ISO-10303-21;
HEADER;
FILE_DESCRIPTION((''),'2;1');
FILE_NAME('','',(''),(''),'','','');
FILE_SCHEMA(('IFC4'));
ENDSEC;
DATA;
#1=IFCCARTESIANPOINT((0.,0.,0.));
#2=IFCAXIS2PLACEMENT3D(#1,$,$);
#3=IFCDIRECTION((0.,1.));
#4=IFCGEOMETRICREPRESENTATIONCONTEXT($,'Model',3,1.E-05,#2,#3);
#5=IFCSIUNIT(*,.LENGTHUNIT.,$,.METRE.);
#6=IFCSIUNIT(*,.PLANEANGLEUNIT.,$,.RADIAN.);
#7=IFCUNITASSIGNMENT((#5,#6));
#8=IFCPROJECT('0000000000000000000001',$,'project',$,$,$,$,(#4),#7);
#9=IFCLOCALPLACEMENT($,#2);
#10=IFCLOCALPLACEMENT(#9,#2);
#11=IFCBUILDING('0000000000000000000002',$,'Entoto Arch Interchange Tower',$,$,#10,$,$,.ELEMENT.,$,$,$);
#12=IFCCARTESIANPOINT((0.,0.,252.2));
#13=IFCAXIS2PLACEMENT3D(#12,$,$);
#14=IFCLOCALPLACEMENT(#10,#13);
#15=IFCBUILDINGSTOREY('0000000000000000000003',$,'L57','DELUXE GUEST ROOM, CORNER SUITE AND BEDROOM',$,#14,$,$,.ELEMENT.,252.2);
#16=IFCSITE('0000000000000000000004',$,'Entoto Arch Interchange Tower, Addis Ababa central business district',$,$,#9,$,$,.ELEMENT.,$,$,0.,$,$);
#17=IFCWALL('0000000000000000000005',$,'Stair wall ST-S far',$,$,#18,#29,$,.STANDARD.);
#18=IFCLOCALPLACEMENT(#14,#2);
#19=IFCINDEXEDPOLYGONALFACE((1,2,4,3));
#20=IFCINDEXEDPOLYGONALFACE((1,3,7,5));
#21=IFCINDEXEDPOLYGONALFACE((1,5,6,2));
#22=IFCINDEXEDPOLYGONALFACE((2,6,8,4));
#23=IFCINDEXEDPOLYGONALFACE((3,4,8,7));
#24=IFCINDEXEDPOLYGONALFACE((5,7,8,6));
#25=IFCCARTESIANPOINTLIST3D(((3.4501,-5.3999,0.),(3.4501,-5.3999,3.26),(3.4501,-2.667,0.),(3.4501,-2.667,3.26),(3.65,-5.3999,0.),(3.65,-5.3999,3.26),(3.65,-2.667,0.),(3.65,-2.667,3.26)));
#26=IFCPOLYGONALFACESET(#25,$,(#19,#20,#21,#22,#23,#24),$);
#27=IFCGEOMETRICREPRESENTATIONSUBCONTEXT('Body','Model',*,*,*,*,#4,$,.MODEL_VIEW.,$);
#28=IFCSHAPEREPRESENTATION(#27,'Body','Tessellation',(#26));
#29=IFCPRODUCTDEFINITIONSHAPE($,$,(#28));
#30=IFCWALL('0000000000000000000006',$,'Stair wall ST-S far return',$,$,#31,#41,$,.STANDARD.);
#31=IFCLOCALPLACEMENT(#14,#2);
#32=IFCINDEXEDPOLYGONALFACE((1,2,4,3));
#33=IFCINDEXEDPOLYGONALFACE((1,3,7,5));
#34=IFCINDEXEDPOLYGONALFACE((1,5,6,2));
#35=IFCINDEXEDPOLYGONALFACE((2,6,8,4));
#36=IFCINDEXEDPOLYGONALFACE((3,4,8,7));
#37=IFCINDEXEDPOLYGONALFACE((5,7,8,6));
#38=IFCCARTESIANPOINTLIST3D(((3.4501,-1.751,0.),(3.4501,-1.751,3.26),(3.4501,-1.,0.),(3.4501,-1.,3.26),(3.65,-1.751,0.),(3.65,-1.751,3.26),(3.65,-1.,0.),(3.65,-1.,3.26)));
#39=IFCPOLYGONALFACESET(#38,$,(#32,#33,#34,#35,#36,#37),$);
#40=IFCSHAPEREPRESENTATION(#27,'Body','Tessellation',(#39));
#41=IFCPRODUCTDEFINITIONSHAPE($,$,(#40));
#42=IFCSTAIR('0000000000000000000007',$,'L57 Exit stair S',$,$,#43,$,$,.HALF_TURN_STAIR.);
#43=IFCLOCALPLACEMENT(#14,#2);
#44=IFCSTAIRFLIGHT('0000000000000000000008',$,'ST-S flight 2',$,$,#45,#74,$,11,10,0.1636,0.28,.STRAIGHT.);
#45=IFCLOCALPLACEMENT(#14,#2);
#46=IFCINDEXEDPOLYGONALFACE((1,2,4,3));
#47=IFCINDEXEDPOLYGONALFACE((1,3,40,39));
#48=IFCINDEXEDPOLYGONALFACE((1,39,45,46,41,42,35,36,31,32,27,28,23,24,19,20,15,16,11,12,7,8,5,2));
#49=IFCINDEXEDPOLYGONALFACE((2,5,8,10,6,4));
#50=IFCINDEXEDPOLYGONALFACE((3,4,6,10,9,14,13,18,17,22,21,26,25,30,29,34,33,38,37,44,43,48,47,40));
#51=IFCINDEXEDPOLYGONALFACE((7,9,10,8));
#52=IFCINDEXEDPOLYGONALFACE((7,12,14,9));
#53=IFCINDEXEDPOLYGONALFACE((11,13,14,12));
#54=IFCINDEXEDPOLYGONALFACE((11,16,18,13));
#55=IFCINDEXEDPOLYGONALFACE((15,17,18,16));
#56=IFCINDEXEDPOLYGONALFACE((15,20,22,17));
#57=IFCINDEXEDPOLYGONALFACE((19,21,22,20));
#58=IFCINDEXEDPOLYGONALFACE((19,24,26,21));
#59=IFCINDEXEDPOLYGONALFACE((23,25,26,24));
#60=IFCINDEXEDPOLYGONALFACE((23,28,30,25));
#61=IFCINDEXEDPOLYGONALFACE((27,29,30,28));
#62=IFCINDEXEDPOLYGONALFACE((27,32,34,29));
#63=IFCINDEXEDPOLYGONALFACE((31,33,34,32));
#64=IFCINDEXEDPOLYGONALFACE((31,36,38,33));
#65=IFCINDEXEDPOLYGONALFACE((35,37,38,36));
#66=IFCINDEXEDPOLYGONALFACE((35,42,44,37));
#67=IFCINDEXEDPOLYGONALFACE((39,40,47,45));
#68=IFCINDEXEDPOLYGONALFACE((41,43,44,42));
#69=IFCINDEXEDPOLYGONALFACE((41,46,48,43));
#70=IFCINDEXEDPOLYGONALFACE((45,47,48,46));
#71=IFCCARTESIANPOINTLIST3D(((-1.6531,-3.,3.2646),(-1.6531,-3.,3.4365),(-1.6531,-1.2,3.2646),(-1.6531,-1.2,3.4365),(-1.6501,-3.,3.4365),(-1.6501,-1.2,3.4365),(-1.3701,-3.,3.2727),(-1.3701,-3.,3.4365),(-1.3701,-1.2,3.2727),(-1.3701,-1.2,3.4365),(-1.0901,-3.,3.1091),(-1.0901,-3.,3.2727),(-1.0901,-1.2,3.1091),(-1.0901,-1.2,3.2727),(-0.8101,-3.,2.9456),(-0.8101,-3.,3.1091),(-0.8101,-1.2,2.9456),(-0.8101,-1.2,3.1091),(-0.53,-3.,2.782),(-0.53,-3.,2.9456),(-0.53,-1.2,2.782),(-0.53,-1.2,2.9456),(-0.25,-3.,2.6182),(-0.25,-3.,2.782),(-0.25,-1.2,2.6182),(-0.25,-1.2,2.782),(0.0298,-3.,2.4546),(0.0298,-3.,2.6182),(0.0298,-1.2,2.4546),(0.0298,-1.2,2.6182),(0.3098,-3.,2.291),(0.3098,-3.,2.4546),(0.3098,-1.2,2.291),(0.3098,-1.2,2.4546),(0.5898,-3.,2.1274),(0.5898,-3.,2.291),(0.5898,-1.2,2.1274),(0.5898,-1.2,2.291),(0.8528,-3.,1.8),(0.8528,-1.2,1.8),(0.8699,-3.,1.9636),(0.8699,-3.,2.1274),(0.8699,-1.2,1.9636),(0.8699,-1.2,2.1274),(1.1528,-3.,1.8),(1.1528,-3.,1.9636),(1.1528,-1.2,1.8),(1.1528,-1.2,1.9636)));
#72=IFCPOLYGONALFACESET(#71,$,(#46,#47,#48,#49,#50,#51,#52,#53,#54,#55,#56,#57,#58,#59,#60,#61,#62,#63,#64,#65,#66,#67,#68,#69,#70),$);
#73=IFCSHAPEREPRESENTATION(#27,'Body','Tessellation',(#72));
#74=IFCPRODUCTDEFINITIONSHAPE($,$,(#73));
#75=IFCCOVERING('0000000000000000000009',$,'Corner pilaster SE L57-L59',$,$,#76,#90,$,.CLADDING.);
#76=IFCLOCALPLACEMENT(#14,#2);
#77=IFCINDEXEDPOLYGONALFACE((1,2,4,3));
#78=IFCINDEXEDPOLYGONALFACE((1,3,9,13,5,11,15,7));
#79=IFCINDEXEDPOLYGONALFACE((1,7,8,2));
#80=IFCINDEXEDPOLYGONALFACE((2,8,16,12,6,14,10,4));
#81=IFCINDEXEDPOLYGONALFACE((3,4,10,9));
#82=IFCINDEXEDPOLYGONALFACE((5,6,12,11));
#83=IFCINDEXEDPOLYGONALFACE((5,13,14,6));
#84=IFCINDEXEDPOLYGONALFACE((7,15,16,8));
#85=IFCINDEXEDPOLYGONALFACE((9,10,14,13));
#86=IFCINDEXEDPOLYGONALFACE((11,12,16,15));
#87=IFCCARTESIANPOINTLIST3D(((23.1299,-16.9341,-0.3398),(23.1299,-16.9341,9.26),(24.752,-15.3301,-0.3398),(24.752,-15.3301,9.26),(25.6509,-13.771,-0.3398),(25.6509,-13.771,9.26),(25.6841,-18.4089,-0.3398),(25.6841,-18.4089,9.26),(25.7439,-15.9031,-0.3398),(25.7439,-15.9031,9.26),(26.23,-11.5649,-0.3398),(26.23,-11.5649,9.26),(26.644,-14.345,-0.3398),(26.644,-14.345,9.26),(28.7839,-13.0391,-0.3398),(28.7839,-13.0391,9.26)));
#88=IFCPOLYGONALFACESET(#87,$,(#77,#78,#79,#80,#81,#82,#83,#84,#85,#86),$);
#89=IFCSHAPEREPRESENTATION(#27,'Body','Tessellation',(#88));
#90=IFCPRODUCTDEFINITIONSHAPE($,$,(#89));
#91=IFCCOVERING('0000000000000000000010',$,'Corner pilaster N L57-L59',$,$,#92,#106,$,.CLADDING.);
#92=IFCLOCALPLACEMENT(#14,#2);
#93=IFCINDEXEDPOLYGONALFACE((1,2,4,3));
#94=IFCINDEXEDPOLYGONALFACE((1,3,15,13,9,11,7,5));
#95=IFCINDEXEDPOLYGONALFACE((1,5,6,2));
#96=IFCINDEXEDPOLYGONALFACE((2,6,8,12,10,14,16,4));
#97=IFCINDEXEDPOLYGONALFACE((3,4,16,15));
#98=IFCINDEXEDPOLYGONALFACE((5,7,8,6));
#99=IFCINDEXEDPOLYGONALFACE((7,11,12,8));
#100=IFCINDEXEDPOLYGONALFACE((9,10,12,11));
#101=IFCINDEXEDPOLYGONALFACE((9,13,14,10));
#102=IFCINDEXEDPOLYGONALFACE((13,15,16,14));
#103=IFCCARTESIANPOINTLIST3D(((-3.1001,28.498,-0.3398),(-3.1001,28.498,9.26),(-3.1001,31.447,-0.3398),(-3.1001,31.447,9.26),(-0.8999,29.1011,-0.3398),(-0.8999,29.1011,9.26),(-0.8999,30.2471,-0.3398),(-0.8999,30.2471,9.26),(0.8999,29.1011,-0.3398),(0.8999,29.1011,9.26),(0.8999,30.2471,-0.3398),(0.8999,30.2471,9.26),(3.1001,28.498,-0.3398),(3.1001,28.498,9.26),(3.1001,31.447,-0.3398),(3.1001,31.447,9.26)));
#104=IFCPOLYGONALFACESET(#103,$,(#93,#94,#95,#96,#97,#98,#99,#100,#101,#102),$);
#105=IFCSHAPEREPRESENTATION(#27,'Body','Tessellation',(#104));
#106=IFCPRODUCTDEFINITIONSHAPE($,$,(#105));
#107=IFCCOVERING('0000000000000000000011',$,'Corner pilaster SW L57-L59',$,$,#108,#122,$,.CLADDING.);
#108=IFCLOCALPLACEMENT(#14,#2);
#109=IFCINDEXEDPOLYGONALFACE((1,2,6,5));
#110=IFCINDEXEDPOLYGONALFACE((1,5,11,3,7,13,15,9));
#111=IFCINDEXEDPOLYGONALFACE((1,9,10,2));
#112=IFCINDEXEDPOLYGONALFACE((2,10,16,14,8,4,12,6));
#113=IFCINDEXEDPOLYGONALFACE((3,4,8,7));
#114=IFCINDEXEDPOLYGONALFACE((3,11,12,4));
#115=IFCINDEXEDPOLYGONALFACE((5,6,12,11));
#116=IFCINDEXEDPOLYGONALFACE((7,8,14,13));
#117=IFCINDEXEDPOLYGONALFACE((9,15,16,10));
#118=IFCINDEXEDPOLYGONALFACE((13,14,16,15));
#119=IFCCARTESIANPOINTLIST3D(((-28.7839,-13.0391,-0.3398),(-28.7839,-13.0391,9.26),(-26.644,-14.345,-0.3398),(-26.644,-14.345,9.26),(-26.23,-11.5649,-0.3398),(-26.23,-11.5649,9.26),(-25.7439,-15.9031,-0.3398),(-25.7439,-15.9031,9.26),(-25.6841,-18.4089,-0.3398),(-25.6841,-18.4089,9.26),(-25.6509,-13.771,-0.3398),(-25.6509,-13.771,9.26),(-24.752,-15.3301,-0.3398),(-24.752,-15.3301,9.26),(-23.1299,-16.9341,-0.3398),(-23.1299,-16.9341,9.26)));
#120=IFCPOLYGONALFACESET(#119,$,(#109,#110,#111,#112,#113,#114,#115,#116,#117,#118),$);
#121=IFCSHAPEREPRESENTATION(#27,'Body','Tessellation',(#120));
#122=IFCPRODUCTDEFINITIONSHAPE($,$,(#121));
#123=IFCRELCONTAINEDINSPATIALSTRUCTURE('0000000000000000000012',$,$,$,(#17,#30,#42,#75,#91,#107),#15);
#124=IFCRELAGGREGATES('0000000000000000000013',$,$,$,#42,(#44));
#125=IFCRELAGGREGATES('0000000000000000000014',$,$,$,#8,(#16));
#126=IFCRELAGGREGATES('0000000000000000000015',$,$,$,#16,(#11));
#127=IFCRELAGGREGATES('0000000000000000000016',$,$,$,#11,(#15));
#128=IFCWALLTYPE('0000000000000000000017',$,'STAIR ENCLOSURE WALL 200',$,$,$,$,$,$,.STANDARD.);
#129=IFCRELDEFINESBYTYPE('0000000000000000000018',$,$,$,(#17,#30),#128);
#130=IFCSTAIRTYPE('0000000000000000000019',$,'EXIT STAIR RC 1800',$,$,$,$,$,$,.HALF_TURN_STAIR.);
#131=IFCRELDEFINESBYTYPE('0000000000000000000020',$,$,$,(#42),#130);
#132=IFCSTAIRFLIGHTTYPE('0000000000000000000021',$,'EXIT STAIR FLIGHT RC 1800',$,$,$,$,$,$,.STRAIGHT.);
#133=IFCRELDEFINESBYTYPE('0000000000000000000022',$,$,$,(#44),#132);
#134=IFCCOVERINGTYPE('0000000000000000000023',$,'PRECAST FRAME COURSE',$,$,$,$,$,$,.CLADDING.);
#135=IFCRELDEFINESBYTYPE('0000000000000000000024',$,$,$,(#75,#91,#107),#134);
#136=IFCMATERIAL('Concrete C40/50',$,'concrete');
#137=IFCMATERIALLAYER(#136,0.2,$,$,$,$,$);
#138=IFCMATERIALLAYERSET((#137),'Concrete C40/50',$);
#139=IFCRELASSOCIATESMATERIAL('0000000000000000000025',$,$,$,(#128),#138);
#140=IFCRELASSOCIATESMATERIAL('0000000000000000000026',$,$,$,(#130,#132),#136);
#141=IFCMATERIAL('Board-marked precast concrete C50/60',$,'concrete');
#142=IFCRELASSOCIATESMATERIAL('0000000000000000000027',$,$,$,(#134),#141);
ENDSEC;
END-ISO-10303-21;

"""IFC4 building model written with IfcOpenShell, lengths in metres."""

from ifc_helpers import new_model, si_unit, direction, frame, frame_2d, origin, place, context, subcontext, project, spatial, polyline, rectangle, outline, extrude, material, layer, layer_set, type_object, element, aggregate, save


model = new_model("IFC4")

# Units and contexts
model_context = context("Model", 3, precision=1e-05, world=origin(), true_north=direction((0.0, 1.0)))
body_context = subcontext(model_context, "Body", "Model", "MODEL_VIEW")
ifc_project = project(units=[si_unit("LENGTHUNIT", "METRE"), si_unit("PLANEANGLEUNIT", "RADIAN")], contexts=[model_context])

# Site, building, storey
site_placement = place(None, origin())
site = spatial("IfcSite", under=ifc_project, at=site_placement, Name="Entoto Arch Interchange Tower, Addis Ababa central business district", CompositionType="ELEMENT", RefElevation=0.0)
building_placement = place(site_placement, origin())
building = spatial("IfcBuilding", under=site, at=building_placement, Name="Entoto Arch Interchange Tower", CompositionType="ELEMENT")
storey_placement = place(building_placement, frame((0.0, 0.0, 252.2)))
storey = spatial("IfcBuildingStorey", under=building, at=storey_placement, Name="L57", Description="DELUXE GUEST ROOM, CORNER SUITE AND BEDROOM", CompositionType="ELEMENT", Elevation=252.2)

# Shared definitions
ifc_material_1 = material(Name="Concrete C40/50", Category="concrete")

# Walls
ifc_layer_1 = layer(ifc_material_1, 0.2)
ifc_layer_set_1 = layer_set([ifc_layer_1], Name="Concrete C40/50")
wall_type_1 = type_object("IfcWallType", Name="STAIR ENCLOSURE WALL 200", PredefinedType="STANDARD", material=ifc_layer_set_1)
wall_1_placement = place(storey_placement, frame((3.55, -2.667, 0.0), z_axis=(0.0, 0.0, 1.0), x_axis=(0.0, -1.0, 0.0)))
element("IfcWall", 1, at=wall_1_placement, inside=storey, type_object=wall_type_1, Name="Stair wall ST-S far", PredefinedType="STANDARD", context=body_context, shape_type="SweptSolid", body=[
    extrude(rectangle(XDim=2.7329, YDim=0.2, at=frame_2d((1.3665, 0.0))), origin(), (0.0, 0.0, 1.0), 3.26),
])
wall_2_placement = place(storey_placement, frame((3.55, -1.0, 0.0), z_axis=(0.0, 0.0, 1.0), x_axis=(0.0, -1.0, 0.0)))
element("IfcWall", 2, at=wall_2_placement, inside=storey, type_object=wall_type_1, Name="Stair wall ST-S far return", PredefinedType="STANDARD", context=body_context, shape_type="SweptSolid", body=[
    extrude(rectangle(XDim=0.751, YDim=0.2, at=frame_2d((0.3755, 0.0))), origin(), (0.0, 0.0, 1.0), 3.26),
])

# Stair, stair flight
stair_type = type_object("IfcStairType", Name="EXIT STAIR RC 1800", PredefinedType="HALF_TURN_STAIR", material=ifc_material_1)
stair_placement = place(storey_placement, origin())
stair = element("IfcStair", 3, at=stair_placement, inside=storey, type_object=stair_type, Name="L57 Exit stair S", PredefinedType="HALF_TURN_STAIR")
stair_flight_type = type_object("IfcStairFlightType", Name="EXIT STAIR FLIGHT RC 1800", PredefinedType="STRAIGHT", material=ifc_material_1)
stair_flight_placement = place(storey_placement, frame((1.1499, -2.1001, 1.8), z_axis=(0.0, 0.0, 1.0), x_axis=(-1.0, 0.0, 0.0)))
stair_flight = element("IfcStairFlight", 4, at=stair_flight_placement, type_object=stair_flight_type, Name="ST-S flight 2", NumberOfRisers=11, NumberOfTreads=10, PredefinedType="STRAIGHT", RiserHeight=0.1636, TreadLength=0.28, context=body_context, shape_type="SweptSolid", body=[
    extrude(outline(polyline([(-0.0029, 0.0), (-0.0029, 0.1636), (0.28, 0.1636), (0.28, 0.3274), (0.5601, 0.3274), (0.5601, 0.491), (0.8401, 0.491), (0.8401, 0.6545), (1.1201, 0.6545), (1.1201, 0.8181), (1.3999, 0.8181), (1.3999, 0.9819), (1.6799, 0.9819), (1.6799, 1.1455), (1.96, 1.1455), (1.96, 1.3091), (2.24, 1.3091), (2.24, 1.4727), (2.52, 1.4727), (2.52, 1.6365), (2.8, 1.6365), (2.803, 1.6365), (2.803, 1.4646), (0.2971, 0.0), (-0.0029, 0.0)])), frame((0.0, 0.8999, 0.0), z_axis=(0.0, -1.0, 0.0), x_axis=(1.0, 0.0, 0.0)), (0.0, 0.0, 1.0), 1.8),
])
aggregate(stair, [stair_flight])

# Coverings
ifc_material_2 = material(Name="Board-marked precast concrete C50/60", Category="concrete")
covering_type = type_object("IfcCoveringType", Name="PRECAST FRAME COURSE", PredefinedType="CLADDING", material=ifc_material_2)
covering_1_placement = place(storey_placement, frame((0.0, 0.0, -0.3398)))
element("IfcCovering", 5, at=covering_1_placement, inside=storey, type_object=covering_type, Name="Corner pilaster SE L57-L59", PredefinedType="CLADDING", context=body_context, shape_type="SweptSolid", body=[
    extrude(outline(polyline([(28.7839, -13.0391), (25.6841, -18.4089), (23.1299, -16.9341), (24.752, -15.3301), (25.7439, -15.9031), (26.644, -14.345), (25.6509, -13.771), (26.23, -11.5649), (28.7839, -13.0391)])), origin(), (0.0, 0.0, 1.0), 9.5999),
])
covering_2_placement = place(storey_placement, frame((0.0, 0.0, -0.3398)))
element("IfcCovering", 6, at=covering_2_placement, inside=storey, type_object=covering_type, Name="Corner pilaster N L57-L59", PredefinedType="CLADDING", context=body_context, shape_type="SweptSolid", body=[
    extrude(outline(polyline([(-3.1001, 31.447), (3.1001, 31.447), (3.1001, 28.498), (0.8999, 29.1011), (0.8999, 30.2471), (-0.8999, 30.2471), (-0.8999, 29.1011), (-3.1001, 28.498), (-3.1001, 31.447)])), origin(), (0.0, 0.0, 1.0), 9.5999),
])
covering_3_placement = place(storey_placement, frame((0.0, 0.0, -0.3398)))
element("IfcCovering", 7, at=covering_3_placement, inside=storey, type_object=covering_type, Name="Corner pilaster SW L57-L59", PredefinedType="CLADDING", context=body_context, shape_type="SweptSolid", body=[
    extrude(outline(polyline([(-25.6841, -18.4089), (-28.7839, -13.0391), (-26.23, -11.5649), (-25.6509, -13.771), (-26.644, -14.345), (-25.7439, -15.9031), (-24.752, -15.3301), (-23.1299, -16.9341), (-25.6841, -18.4089)])), origin(), (0.0, 0.0, 1.0), 9.5999),
])

save(model, "model.ifc")
